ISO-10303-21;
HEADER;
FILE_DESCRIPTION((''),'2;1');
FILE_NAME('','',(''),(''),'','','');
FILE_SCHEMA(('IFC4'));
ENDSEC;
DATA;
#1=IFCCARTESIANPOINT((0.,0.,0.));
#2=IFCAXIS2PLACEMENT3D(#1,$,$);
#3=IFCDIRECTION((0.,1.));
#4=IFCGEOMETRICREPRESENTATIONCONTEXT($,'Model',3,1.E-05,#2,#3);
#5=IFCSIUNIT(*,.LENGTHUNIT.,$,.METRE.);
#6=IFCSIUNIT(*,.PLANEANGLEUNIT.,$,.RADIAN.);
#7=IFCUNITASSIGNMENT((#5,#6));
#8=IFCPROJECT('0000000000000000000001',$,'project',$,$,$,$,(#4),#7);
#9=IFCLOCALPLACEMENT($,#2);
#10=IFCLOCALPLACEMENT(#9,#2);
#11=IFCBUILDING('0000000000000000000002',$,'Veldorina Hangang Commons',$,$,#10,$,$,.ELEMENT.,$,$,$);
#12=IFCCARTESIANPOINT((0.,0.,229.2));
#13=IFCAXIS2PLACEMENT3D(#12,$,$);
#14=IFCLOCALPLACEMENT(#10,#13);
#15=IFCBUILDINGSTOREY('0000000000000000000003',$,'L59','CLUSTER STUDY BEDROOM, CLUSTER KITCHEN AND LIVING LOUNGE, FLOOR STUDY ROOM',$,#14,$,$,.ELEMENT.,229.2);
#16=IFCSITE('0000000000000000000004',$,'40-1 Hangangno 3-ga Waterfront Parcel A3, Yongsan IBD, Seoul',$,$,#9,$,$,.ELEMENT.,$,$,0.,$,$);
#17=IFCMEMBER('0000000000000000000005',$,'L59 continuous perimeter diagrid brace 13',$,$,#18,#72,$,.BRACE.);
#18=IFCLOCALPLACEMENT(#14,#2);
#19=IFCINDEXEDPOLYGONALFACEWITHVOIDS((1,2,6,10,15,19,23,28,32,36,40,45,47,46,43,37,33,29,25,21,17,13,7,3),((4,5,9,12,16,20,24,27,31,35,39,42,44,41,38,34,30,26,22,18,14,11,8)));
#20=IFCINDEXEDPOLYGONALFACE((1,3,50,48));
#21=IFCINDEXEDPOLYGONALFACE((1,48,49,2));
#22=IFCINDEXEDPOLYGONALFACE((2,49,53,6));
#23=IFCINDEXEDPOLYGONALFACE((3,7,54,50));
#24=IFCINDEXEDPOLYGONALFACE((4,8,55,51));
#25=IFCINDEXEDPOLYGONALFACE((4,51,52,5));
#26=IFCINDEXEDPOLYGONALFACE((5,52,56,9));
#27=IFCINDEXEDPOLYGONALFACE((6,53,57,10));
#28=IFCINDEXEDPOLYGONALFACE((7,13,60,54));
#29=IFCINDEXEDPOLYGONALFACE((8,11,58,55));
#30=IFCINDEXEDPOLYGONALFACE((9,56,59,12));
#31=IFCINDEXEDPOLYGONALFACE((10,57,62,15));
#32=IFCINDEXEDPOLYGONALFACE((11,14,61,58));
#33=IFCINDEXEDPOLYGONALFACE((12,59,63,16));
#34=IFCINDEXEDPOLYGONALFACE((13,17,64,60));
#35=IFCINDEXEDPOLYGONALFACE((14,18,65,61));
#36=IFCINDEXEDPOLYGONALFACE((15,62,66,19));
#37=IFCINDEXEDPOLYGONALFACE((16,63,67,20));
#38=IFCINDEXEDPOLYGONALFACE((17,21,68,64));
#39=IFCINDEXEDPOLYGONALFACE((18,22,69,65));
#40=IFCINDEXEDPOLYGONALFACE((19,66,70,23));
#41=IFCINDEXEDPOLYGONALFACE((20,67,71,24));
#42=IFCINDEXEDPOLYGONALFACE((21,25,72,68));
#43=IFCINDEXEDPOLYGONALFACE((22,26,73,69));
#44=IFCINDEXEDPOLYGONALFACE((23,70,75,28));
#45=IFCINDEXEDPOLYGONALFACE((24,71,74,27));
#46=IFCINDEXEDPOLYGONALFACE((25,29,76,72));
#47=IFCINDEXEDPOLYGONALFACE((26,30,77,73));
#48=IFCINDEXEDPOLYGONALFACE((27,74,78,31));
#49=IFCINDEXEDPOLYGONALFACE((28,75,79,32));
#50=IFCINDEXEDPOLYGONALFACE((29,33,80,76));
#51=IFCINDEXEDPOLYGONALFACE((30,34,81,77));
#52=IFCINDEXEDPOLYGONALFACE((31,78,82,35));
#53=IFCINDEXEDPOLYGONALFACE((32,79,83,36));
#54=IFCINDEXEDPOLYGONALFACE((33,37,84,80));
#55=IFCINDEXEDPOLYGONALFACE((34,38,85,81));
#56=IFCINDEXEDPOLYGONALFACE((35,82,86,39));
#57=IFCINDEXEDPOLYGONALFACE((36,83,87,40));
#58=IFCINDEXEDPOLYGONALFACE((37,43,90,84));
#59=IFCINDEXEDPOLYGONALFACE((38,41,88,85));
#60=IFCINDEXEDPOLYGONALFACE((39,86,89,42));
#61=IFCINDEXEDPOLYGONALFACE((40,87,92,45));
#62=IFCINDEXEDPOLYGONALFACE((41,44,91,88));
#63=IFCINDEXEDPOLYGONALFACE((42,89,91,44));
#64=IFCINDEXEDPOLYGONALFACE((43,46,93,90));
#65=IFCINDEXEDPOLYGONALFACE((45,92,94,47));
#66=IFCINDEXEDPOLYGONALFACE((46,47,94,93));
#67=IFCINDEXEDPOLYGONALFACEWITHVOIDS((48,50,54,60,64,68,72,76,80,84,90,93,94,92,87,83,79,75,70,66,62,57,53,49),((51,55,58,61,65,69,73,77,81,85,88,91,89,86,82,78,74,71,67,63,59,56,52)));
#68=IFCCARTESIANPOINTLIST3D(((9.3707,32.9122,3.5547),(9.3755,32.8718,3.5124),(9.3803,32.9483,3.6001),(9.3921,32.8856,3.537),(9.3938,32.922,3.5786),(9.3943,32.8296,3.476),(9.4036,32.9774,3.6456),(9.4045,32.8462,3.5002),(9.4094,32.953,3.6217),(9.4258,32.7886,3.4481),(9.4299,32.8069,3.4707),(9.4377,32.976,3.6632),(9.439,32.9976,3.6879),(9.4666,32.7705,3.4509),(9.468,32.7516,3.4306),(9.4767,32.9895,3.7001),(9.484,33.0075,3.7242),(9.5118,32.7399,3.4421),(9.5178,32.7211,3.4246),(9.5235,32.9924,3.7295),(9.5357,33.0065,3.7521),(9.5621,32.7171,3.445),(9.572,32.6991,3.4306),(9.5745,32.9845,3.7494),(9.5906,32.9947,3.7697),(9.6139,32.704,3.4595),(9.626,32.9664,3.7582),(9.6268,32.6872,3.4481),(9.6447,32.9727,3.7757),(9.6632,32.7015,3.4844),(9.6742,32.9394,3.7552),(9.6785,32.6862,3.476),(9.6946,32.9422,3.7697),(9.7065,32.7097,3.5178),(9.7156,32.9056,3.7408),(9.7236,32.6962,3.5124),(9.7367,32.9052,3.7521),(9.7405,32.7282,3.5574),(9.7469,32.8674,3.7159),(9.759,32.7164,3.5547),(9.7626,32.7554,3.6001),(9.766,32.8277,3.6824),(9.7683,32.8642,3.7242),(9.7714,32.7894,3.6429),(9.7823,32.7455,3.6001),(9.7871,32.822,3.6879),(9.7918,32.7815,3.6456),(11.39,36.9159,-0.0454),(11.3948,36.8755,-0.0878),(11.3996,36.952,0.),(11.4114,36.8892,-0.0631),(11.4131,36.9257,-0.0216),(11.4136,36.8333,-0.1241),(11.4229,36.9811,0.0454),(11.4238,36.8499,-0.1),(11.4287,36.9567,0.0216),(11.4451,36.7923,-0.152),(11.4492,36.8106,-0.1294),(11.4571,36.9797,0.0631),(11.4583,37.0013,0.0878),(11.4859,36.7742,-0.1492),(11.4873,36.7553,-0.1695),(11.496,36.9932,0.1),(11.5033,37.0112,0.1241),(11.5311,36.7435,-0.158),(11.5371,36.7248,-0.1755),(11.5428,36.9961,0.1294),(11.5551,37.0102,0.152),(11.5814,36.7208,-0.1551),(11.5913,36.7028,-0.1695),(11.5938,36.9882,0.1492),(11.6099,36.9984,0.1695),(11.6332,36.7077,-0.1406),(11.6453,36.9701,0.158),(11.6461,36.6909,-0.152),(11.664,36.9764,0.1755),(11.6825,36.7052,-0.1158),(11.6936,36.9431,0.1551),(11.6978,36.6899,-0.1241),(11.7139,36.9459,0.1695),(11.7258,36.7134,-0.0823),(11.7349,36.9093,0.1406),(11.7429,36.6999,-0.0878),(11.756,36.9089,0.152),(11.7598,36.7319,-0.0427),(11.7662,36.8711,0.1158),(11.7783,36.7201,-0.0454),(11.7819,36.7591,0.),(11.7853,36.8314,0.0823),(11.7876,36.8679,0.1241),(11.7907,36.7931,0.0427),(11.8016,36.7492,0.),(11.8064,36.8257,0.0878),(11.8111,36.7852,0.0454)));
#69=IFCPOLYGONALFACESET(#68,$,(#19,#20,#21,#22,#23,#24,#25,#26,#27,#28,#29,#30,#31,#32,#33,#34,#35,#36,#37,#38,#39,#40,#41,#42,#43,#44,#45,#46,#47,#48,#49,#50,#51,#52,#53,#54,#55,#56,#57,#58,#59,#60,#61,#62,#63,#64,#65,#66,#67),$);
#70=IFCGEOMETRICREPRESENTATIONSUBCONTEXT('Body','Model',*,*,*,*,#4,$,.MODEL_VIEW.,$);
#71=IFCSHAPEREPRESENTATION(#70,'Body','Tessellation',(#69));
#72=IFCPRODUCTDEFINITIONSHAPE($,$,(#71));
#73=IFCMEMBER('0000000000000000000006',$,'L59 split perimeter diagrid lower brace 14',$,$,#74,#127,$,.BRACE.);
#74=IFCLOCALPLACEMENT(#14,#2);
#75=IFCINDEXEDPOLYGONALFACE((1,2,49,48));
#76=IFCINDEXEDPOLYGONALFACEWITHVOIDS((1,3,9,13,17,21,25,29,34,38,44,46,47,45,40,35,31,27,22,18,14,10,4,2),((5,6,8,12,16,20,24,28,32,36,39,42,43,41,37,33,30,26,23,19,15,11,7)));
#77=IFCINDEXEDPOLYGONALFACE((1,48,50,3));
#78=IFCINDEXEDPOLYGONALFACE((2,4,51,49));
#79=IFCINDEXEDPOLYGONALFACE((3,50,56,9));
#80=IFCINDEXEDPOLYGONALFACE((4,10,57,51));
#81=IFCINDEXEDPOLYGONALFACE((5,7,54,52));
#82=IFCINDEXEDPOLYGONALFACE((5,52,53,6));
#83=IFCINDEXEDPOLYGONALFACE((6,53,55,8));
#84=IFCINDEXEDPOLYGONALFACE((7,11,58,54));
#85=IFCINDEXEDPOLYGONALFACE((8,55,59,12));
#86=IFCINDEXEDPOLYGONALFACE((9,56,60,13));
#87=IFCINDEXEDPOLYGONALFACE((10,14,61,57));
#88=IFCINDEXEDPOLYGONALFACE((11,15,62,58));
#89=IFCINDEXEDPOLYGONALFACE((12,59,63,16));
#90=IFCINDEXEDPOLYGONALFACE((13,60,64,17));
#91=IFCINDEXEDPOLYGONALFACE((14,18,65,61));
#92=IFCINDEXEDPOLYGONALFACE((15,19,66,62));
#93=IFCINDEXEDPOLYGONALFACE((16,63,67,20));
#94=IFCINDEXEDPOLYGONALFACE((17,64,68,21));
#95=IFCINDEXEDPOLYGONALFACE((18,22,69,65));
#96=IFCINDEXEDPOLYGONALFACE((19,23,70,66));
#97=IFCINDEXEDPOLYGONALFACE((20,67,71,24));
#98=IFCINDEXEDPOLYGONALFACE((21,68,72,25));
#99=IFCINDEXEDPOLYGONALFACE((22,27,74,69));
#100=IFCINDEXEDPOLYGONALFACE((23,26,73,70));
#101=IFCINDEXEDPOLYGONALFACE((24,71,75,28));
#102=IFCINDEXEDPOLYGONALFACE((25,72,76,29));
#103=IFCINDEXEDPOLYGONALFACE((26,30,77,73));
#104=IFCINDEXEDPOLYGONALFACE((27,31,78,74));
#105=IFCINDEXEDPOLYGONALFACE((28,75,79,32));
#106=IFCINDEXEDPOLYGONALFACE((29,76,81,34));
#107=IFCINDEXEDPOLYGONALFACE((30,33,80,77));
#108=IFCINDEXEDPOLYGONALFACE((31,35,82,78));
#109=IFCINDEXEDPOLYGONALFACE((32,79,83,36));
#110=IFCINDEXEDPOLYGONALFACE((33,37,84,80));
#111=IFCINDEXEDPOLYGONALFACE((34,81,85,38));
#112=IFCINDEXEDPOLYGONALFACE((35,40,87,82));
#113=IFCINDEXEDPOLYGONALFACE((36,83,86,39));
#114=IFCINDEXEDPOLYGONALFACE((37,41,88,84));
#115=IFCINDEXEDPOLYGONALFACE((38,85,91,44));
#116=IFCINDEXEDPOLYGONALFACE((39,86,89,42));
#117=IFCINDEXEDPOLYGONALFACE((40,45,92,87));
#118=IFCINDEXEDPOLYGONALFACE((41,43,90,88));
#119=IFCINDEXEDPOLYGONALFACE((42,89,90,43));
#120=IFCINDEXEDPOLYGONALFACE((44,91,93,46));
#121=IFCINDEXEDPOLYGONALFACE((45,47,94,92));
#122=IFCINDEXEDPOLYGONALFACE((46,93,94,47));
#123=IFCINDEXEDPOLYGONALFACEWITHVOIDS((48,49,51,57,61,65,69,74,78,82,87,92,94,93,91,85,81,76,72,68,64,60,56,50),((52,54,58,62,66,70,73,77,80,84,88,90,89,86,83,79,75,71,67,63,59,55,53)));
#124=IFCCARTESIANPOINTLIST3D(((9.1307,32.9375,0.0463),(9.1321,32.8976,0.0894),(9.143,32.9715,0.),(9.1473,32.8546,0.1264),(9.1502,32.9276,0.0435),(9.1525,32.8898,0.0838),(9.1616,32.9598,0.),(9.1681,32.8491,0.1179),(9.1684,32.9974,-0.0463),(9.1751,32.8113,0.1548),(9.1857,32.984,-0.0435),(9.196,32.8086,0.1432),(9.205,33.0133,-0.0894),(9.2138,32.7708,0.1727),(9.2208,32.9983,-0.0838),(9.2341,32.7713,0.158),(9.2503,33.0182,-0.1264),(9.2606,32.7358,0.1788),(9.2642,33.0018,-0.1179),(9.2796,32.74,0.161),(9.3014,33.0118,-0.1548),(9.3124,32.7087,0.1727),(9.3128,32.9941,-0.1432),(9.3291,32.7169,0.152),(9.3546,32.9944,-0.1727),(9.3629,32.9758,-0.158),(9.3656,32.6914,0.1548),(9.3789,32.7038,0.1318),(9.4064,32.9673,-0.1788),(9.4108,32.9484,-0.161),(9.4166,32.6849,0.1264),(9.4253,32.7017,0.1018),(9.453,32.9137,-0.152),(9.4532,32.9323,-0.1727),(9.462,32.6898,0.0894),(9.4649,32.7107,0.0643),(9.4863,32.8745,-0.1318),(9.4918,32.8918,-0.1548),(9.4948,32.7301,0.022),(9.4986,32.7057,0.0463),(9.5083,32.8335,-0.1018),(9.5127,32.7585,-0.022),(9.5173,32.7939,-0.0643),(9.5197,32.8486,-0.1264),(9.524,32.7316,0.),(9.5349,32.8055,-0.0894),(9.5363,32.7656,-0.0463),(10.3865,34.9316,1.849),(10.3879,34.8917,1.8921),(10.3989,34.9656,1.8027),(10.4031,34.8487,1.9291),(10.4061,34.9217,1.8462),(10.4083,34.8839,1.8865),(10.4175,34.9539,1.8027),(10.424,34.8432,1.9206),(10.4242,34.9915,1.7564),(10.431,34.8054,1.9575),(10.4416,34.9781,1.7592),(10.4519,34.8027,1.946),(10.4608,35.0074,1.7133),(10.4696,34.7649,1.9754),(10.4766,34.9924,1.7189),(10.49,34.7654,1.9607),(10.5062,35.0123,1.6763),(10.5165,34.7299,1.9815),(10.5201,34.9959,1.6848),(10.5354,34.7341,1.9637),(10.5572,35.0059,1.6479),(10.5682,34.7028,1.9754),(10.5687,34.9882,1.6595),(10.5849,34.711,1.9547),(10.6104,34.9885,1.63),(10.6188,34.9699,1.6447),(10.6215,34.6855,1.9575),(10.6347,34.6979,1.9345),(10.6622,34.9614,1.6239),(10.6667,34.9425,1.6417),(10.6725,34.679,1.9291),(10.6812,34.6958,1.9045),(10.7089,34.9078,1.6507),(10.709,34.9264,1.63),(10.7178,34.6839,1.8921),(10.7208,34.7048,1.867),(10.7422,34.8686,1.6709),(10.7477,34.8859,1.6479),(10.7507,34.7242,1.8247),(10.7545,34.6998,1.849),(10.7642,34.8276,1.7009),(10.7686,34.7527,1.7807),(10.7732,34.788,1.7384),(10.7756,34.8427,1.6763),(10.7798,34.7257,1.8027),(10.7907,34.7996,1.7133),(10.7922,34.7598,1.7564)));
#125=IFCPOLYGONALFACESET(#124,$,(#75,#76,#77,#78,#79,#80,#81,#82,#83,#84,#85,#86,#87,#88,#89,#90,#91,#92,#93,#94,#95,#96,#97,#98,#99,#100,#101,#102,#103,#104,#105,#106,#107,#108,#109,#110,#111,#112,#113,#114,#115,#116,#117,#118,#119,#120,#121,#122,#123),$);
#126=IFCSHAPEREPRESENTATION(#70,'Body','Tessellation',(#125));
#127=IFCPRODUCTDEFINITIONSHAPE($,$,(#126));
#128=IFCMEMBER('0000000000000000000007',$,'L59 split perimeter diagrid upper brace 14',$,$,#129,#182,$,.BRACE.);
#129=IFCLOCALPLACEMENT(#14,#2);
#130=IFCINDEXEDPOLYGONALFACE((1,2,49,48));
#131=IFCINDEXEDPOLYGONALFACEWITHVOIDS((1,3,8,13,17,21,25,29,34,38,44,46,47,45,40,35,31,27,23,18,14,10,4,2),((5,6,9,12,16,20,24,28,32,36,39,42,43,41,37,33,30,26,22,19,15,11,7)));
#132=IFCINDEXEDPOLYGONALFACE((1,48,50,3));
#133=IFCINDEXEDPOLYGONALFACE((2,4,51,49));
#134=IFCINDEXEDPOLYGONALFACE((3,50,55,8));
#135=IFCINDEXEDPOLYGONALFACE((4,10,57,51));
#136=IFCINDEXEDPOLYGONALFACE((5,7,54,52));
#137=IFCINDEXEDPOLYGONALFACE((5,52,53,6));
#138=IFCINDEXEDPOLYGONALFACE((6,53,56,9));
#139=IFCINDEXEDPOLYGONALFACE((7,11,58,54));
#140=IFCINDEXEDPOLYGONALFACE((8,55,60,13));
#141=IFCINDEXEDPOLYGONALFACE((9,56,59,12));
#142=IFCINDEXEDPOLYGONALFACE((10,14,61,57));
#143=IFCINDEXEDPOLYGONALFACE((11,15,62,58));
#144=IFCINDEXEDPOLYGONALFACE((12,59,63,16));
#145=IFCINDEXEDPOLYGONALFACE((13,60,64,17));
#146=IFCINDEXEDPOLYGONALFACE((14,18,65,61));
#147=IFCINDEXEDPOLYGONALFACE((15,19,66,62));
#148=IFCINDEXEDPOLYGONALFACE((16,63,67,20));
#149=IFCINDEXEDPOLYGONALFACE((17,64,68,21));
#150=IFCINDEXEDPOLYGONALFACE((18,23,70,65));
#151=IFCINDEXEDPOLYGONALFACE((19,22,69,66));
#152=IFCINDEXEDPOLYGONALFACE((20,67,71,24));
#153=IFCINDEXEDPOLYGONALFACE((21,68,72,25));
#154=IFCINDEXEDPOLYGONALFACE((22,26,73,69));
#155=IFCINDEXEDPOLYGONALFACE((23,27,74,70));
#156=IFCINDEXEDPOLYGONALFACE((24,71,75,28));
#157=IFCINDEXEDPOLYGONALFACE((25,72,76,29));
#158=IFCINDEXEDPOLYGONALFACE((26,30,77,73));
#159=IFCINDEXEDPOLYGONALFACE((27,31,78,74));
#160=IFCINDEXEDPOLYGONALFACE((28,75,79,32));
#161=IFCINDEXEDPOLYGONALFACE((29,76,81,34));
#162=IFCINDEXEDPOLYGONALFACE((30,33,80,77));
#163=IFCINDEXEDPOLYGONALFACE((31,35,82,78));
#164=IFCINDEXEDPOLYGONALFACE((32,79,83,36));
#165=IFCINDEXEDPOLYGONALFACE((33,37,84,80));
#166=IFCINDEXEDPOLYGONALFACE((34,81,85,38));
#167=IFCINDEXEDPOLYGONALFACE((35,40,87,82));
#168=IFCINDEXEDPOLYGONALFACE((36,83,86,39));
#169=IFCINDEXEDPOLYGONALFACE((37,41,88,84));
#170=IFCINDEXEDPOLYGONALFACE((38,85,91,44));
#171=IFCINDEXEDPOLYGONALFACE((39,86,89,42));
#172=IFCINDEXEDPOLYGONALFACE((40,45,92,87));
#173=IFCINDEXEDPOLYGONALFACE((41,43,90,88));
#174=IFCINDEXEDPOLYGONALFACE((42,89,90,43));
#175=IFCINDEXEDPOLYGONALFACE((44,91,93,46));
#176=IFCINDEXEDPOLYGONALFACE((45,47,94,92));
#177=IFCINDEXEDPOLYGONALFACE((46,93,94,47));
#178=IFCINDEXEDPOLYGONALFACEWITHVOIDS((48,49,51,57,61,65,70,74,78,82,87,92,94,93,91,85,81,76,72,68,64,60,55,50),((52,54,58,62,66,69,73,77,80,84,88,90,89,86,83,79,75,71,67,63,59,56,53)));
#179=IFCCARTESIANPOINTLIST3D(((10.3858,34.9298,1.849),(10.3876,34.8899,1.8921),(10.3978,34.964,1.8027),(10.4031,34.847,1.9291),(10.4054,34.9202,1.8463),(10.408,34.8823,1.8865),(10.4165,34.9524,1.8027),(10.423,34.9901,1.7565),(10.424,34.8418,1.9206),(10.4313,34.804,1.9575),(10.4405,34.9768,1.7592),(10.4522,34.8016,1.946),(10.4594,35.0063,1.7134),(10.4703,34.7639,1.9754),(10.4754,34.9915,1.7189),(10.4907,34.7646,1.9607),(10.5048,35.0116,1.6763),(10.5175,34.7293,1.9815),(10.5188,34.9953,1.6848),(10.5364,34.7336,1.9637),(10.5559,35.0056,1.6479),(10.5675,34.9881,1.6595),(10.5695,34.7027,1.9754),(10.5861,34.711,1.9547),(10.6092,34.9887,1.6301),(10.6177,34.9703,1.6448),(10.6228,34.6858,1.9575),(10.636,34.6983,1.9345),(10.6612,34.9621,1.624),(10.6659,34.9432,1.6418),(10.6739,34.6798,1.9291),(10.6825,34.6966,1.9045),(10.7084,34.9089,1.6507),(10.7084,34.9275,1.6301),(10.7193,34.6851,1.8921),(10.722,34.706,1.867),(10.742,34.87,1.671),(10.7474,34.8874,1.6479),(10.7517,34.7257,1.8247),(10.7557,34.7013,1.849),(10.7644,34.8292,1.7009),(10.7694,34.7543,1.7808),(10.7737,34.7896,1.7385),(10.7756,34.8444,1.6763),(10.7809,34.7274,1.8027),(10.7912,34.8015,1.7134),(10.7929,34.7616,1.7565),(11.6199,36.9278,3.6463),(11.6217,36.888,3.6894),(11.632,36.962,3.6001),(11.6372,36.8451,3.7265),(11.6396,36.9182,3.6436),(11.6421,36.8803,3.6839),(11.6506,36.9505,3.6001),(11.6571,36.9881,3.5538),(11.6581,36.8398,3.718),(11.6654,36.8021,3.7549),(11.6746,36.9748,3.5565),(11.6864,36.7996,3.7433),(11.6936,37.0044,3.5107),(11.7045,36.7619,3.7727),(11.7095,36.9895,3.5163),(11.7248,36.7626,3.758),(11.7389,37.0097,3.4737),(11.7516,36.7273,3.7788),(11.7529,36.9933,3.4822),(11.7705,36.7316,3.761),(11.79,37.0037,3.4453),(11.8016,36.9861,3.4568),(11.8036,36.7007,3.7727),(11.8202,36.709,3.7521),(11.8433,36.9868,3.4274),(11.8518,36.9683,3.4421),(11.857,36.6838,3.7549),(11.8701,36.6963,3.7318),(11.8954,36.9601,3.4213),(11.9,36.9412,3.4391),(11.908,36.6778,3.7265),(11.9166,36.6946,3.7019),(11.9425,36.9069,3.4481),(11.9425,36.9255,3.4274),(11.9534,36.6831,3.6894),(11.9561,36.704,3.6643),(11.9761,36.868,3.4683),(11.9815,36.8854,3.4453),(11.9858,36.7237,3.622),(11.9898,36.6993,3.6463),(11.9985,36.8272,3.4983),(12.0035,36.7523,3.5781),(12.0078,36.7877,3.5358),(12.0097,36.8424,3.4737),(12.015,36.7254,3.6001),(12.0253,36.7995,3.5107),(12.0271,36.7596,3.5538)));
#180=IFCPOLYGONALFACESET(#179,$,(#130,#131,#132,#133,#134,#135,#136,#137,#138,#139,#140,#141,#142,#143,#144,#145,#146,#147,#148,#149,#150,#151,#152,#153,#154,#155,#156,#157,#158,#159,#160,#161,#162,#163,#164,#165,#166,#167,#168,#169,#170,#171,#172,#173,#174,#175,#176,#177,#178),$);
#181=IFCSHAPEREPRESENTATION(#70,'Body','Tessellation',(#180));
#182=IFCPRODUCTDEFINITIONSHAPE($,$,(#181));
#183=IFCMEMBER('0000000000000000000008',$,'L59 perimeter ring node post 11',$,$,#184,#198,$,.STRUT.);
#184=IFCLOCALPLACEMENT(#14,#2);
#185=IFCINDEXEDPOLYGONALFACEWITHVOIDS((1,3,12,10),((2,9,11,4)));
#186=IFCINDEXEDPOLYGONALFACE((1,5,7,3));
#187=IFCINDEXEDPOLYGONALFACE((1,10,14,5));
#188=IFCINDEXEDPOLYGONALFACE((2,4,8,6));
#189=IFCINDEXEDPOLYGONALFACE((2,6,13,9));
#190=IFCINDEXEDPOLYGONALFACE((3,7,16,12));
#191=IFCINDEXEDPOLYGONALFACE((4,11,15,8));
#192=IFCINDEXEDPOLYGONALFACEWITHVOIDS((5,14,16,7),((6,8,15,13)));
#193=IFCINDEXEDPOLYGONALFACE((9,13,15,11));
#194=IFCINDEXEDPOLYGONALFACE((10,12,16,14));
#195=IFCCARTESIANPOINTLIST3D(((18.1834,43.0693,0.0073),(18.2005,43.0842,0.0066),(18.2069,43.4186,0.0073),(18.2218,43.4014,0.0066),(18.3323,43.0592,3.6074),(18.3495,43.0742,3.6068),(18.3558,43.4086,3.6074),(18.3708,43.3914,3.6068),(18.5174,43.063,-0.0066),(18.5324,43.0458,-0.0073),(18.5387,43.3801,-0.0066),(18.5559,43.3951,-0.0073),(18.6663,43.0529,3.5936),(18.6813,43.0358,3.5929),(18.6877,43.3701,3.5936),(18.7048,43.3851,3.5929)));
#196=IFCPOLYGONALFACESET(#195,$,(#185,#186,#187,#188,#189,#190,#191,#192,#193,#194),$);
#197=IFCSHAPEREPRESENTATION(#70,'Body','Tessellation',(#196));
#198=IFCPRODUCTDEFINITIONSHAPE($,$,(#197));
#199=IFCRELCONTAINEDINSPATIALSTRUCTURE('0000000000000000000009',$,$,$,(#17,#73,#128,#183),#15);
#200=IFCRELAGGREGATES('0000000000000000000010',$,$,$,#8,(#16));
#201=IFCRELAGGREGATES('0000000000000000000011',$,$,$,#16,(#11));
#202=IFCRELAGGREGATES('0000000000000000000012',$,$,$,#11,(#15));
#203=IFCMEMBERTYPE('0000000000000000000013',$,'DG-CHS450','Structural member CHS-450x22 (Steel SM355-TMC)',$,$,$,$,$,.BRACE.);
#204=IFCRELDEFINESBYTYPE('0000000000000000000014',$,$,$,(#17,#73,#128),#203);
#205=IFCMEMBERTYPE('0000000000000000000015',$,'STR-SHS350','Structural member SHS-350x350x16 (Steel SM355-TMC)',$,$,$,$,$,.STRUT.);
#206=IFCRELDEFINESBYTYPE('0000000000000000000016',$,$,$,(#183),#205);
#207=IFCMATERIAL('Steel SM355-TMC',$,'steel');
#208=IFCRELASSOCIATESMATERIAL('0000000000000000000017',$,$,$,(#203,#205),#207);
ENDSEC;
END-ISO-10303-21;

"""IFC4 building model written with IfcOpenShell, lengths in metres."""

from ifc_helpers import new_model, si_unit, direction, frame, origin, origin_2d, place, context, subcontext, project, spatial, hollow_rectangle, hollow_circle, extrude, material, material_profile, profile_set, type_object, element, save


model = new_model("IFC4")

# Units and contexts
model_context = context("Model", 3, precision=1e-05, world=origin(), true_north=direction((0.0, 1.0)))
body_context = subcontext(model_context, "Body", "Model", "MODEL_VIEW")
ifc_project = project(units=[si_unit("LENGTHUNIT", "METRE"), si_unit("PLANEANGLEUNIT", "RADIAN")], contexts=[model_context])

# Site, building, storey
site_placement = place(None, origin())
site = spatial("IfcSite", under=ifc_project, at=site_placement, Name="40-1 Hangangno 3-ga Waterfront Parcel A3, Yongsan IBD, Seoul", CompositionType="ELEMENT", RefElevation=0.0)
building_placement = place(site_placement, origin())
building = spatial("IfcBuilding", under=site, at=building_placement, Name="Veldorina Hangang Commons", CompositionType="ELEMENT")
storey_placement = place(building_placement, frame((0.0, 0.0, 229.2)))
storey = spatial("IfcBuildingStorey", under=building, at=storey_placement, Name="L59", Description="CLUSTER STUDY BEDROOM, CLUSTER KITCHEN AND LIVING LOUNGE, FLOOR STUDY ROOM", CompositionType="ELEMENT", Elevation=229.2)

# Shared definitions
ifc_material_1 = material(Name="Steel SM355-TMC", Category="steel")

# Members
ifc_material_profile_1 = material_profile(ifc_material_1, hollow_circle(Radius=0.2251, WallThickness=0.022, at=origin_2d()), Name="CHS-450x22")
ifc_profile_set_1 = profile_set([ifc_material_profile_1], Name="Steel SM355-TMC")
member_type_1 = type_object("IfcMemberType", Name="DG-CHS450", Description="Structural member CHS-450x22 (Steel SM355-TMC)", PredefinedType="BRACE", material=ifc_profile_set_1)
member_1_placement = place(storey_placement, frame((11.6006, 36.8506, 0.0), z_axis=(-0.351154, -0.696236, 0.626056), x_axis=(0.892865, -0.450325, 0.0)))
element("IfcMember", 1, at=member_1_placement, inside=storey, type_object=member_type_1, Name="L59 continuous perimeter diagrid brace 13", PredefinedType="BRACE", context=body_context, shape_type="SweptSolid", body=[
    extrude(hollow_circle(Radius=0.2251, WallThickness=0.022, at=origin_2d()), origin(), (0.0, 0.0, 1.0), 5.7505),
])
member_2_placement = place(storey_placement, frame((9.3335, 32.8516, 0.0), z_axis=(0.423263, 0.672086, 0.607576), x_axis=(-0.846177, 0.532901, 0.0)))
element("IfcMember", 2, at=member_2_placement, inside=storey, type_object=member_type_1, Name="L59 split perimeter diagrid lower brace 14", PredefinedType="BRACE", context=body_context, shape_type="SweptSolid", body=[
    extrude(hollow_circle(Radius=0.2251, WallThickness=0.022, at=origin_2d()), origin(), (0.0, 0.0, 1.0), 2.967),
])
member_3_placement = place(storey_placement, frame((10.5894, 34.8457, 1.8027), z_axis=(0.417313, 0.675626, 0.607766), x_axis=(-0.85079, 0.525506, 0.0)))
element("IfcMember", 3, at=member_3_placement, inside=storey, type_object=member_type_1, Name="L59 split perimeter diagrid upper brace 14", PredefinedType="BRACE", context=body_context, shape_type="SweptSolid", body=[
    extrude(hollow_circle(Radius=0.2251, WallThickness=0.022, at=origin_2d()), origin(), (0.0, 0.0, 1.0), 2.9573),
])
ifc_material_profile_2 = material_profile(ifc_material_1, hollow_rectangle(XDim=0.3501, YDim=0.3501, WallThickness=0.0161, at=origin_2d()), Name="SHS-350x350x16")
ifc_profile_set_2 = profile_set([ifc_material_profile_2], Name="Steel SM355-TMC")
member_type_2 = type_object("IfcMemberType", Name="STR-SHS350", Description="Structural member SHS-350x350x16 (Steel SM355-TMC)", PredefinedType="STRUT", material=ifc_profile_set_2)
member_4_placement = place(storey_placement, frame((18.3696, 43.2322, 0.0), z_axis=(0.041332, -0.002778, 0.999142), x_axis=(0.067062, 0.997749, 0.0)))
element("IfcMember", 4, at=member_4_placement, inside=storey, type_object=member_type_2, Name="L59 perimeter ring node post 11", PredefinedType="STRUT", context=body_context, shape_type="SweptSolid", body=[
    extrude(hollow_rectangle(XDim=0.3501, YDim=0.3501, WallThickness=0.0161, at=origin_2d()), origin(), (0.0, 0.0, 1.0), 3.6033),
])

save(model, "model.ifc")
